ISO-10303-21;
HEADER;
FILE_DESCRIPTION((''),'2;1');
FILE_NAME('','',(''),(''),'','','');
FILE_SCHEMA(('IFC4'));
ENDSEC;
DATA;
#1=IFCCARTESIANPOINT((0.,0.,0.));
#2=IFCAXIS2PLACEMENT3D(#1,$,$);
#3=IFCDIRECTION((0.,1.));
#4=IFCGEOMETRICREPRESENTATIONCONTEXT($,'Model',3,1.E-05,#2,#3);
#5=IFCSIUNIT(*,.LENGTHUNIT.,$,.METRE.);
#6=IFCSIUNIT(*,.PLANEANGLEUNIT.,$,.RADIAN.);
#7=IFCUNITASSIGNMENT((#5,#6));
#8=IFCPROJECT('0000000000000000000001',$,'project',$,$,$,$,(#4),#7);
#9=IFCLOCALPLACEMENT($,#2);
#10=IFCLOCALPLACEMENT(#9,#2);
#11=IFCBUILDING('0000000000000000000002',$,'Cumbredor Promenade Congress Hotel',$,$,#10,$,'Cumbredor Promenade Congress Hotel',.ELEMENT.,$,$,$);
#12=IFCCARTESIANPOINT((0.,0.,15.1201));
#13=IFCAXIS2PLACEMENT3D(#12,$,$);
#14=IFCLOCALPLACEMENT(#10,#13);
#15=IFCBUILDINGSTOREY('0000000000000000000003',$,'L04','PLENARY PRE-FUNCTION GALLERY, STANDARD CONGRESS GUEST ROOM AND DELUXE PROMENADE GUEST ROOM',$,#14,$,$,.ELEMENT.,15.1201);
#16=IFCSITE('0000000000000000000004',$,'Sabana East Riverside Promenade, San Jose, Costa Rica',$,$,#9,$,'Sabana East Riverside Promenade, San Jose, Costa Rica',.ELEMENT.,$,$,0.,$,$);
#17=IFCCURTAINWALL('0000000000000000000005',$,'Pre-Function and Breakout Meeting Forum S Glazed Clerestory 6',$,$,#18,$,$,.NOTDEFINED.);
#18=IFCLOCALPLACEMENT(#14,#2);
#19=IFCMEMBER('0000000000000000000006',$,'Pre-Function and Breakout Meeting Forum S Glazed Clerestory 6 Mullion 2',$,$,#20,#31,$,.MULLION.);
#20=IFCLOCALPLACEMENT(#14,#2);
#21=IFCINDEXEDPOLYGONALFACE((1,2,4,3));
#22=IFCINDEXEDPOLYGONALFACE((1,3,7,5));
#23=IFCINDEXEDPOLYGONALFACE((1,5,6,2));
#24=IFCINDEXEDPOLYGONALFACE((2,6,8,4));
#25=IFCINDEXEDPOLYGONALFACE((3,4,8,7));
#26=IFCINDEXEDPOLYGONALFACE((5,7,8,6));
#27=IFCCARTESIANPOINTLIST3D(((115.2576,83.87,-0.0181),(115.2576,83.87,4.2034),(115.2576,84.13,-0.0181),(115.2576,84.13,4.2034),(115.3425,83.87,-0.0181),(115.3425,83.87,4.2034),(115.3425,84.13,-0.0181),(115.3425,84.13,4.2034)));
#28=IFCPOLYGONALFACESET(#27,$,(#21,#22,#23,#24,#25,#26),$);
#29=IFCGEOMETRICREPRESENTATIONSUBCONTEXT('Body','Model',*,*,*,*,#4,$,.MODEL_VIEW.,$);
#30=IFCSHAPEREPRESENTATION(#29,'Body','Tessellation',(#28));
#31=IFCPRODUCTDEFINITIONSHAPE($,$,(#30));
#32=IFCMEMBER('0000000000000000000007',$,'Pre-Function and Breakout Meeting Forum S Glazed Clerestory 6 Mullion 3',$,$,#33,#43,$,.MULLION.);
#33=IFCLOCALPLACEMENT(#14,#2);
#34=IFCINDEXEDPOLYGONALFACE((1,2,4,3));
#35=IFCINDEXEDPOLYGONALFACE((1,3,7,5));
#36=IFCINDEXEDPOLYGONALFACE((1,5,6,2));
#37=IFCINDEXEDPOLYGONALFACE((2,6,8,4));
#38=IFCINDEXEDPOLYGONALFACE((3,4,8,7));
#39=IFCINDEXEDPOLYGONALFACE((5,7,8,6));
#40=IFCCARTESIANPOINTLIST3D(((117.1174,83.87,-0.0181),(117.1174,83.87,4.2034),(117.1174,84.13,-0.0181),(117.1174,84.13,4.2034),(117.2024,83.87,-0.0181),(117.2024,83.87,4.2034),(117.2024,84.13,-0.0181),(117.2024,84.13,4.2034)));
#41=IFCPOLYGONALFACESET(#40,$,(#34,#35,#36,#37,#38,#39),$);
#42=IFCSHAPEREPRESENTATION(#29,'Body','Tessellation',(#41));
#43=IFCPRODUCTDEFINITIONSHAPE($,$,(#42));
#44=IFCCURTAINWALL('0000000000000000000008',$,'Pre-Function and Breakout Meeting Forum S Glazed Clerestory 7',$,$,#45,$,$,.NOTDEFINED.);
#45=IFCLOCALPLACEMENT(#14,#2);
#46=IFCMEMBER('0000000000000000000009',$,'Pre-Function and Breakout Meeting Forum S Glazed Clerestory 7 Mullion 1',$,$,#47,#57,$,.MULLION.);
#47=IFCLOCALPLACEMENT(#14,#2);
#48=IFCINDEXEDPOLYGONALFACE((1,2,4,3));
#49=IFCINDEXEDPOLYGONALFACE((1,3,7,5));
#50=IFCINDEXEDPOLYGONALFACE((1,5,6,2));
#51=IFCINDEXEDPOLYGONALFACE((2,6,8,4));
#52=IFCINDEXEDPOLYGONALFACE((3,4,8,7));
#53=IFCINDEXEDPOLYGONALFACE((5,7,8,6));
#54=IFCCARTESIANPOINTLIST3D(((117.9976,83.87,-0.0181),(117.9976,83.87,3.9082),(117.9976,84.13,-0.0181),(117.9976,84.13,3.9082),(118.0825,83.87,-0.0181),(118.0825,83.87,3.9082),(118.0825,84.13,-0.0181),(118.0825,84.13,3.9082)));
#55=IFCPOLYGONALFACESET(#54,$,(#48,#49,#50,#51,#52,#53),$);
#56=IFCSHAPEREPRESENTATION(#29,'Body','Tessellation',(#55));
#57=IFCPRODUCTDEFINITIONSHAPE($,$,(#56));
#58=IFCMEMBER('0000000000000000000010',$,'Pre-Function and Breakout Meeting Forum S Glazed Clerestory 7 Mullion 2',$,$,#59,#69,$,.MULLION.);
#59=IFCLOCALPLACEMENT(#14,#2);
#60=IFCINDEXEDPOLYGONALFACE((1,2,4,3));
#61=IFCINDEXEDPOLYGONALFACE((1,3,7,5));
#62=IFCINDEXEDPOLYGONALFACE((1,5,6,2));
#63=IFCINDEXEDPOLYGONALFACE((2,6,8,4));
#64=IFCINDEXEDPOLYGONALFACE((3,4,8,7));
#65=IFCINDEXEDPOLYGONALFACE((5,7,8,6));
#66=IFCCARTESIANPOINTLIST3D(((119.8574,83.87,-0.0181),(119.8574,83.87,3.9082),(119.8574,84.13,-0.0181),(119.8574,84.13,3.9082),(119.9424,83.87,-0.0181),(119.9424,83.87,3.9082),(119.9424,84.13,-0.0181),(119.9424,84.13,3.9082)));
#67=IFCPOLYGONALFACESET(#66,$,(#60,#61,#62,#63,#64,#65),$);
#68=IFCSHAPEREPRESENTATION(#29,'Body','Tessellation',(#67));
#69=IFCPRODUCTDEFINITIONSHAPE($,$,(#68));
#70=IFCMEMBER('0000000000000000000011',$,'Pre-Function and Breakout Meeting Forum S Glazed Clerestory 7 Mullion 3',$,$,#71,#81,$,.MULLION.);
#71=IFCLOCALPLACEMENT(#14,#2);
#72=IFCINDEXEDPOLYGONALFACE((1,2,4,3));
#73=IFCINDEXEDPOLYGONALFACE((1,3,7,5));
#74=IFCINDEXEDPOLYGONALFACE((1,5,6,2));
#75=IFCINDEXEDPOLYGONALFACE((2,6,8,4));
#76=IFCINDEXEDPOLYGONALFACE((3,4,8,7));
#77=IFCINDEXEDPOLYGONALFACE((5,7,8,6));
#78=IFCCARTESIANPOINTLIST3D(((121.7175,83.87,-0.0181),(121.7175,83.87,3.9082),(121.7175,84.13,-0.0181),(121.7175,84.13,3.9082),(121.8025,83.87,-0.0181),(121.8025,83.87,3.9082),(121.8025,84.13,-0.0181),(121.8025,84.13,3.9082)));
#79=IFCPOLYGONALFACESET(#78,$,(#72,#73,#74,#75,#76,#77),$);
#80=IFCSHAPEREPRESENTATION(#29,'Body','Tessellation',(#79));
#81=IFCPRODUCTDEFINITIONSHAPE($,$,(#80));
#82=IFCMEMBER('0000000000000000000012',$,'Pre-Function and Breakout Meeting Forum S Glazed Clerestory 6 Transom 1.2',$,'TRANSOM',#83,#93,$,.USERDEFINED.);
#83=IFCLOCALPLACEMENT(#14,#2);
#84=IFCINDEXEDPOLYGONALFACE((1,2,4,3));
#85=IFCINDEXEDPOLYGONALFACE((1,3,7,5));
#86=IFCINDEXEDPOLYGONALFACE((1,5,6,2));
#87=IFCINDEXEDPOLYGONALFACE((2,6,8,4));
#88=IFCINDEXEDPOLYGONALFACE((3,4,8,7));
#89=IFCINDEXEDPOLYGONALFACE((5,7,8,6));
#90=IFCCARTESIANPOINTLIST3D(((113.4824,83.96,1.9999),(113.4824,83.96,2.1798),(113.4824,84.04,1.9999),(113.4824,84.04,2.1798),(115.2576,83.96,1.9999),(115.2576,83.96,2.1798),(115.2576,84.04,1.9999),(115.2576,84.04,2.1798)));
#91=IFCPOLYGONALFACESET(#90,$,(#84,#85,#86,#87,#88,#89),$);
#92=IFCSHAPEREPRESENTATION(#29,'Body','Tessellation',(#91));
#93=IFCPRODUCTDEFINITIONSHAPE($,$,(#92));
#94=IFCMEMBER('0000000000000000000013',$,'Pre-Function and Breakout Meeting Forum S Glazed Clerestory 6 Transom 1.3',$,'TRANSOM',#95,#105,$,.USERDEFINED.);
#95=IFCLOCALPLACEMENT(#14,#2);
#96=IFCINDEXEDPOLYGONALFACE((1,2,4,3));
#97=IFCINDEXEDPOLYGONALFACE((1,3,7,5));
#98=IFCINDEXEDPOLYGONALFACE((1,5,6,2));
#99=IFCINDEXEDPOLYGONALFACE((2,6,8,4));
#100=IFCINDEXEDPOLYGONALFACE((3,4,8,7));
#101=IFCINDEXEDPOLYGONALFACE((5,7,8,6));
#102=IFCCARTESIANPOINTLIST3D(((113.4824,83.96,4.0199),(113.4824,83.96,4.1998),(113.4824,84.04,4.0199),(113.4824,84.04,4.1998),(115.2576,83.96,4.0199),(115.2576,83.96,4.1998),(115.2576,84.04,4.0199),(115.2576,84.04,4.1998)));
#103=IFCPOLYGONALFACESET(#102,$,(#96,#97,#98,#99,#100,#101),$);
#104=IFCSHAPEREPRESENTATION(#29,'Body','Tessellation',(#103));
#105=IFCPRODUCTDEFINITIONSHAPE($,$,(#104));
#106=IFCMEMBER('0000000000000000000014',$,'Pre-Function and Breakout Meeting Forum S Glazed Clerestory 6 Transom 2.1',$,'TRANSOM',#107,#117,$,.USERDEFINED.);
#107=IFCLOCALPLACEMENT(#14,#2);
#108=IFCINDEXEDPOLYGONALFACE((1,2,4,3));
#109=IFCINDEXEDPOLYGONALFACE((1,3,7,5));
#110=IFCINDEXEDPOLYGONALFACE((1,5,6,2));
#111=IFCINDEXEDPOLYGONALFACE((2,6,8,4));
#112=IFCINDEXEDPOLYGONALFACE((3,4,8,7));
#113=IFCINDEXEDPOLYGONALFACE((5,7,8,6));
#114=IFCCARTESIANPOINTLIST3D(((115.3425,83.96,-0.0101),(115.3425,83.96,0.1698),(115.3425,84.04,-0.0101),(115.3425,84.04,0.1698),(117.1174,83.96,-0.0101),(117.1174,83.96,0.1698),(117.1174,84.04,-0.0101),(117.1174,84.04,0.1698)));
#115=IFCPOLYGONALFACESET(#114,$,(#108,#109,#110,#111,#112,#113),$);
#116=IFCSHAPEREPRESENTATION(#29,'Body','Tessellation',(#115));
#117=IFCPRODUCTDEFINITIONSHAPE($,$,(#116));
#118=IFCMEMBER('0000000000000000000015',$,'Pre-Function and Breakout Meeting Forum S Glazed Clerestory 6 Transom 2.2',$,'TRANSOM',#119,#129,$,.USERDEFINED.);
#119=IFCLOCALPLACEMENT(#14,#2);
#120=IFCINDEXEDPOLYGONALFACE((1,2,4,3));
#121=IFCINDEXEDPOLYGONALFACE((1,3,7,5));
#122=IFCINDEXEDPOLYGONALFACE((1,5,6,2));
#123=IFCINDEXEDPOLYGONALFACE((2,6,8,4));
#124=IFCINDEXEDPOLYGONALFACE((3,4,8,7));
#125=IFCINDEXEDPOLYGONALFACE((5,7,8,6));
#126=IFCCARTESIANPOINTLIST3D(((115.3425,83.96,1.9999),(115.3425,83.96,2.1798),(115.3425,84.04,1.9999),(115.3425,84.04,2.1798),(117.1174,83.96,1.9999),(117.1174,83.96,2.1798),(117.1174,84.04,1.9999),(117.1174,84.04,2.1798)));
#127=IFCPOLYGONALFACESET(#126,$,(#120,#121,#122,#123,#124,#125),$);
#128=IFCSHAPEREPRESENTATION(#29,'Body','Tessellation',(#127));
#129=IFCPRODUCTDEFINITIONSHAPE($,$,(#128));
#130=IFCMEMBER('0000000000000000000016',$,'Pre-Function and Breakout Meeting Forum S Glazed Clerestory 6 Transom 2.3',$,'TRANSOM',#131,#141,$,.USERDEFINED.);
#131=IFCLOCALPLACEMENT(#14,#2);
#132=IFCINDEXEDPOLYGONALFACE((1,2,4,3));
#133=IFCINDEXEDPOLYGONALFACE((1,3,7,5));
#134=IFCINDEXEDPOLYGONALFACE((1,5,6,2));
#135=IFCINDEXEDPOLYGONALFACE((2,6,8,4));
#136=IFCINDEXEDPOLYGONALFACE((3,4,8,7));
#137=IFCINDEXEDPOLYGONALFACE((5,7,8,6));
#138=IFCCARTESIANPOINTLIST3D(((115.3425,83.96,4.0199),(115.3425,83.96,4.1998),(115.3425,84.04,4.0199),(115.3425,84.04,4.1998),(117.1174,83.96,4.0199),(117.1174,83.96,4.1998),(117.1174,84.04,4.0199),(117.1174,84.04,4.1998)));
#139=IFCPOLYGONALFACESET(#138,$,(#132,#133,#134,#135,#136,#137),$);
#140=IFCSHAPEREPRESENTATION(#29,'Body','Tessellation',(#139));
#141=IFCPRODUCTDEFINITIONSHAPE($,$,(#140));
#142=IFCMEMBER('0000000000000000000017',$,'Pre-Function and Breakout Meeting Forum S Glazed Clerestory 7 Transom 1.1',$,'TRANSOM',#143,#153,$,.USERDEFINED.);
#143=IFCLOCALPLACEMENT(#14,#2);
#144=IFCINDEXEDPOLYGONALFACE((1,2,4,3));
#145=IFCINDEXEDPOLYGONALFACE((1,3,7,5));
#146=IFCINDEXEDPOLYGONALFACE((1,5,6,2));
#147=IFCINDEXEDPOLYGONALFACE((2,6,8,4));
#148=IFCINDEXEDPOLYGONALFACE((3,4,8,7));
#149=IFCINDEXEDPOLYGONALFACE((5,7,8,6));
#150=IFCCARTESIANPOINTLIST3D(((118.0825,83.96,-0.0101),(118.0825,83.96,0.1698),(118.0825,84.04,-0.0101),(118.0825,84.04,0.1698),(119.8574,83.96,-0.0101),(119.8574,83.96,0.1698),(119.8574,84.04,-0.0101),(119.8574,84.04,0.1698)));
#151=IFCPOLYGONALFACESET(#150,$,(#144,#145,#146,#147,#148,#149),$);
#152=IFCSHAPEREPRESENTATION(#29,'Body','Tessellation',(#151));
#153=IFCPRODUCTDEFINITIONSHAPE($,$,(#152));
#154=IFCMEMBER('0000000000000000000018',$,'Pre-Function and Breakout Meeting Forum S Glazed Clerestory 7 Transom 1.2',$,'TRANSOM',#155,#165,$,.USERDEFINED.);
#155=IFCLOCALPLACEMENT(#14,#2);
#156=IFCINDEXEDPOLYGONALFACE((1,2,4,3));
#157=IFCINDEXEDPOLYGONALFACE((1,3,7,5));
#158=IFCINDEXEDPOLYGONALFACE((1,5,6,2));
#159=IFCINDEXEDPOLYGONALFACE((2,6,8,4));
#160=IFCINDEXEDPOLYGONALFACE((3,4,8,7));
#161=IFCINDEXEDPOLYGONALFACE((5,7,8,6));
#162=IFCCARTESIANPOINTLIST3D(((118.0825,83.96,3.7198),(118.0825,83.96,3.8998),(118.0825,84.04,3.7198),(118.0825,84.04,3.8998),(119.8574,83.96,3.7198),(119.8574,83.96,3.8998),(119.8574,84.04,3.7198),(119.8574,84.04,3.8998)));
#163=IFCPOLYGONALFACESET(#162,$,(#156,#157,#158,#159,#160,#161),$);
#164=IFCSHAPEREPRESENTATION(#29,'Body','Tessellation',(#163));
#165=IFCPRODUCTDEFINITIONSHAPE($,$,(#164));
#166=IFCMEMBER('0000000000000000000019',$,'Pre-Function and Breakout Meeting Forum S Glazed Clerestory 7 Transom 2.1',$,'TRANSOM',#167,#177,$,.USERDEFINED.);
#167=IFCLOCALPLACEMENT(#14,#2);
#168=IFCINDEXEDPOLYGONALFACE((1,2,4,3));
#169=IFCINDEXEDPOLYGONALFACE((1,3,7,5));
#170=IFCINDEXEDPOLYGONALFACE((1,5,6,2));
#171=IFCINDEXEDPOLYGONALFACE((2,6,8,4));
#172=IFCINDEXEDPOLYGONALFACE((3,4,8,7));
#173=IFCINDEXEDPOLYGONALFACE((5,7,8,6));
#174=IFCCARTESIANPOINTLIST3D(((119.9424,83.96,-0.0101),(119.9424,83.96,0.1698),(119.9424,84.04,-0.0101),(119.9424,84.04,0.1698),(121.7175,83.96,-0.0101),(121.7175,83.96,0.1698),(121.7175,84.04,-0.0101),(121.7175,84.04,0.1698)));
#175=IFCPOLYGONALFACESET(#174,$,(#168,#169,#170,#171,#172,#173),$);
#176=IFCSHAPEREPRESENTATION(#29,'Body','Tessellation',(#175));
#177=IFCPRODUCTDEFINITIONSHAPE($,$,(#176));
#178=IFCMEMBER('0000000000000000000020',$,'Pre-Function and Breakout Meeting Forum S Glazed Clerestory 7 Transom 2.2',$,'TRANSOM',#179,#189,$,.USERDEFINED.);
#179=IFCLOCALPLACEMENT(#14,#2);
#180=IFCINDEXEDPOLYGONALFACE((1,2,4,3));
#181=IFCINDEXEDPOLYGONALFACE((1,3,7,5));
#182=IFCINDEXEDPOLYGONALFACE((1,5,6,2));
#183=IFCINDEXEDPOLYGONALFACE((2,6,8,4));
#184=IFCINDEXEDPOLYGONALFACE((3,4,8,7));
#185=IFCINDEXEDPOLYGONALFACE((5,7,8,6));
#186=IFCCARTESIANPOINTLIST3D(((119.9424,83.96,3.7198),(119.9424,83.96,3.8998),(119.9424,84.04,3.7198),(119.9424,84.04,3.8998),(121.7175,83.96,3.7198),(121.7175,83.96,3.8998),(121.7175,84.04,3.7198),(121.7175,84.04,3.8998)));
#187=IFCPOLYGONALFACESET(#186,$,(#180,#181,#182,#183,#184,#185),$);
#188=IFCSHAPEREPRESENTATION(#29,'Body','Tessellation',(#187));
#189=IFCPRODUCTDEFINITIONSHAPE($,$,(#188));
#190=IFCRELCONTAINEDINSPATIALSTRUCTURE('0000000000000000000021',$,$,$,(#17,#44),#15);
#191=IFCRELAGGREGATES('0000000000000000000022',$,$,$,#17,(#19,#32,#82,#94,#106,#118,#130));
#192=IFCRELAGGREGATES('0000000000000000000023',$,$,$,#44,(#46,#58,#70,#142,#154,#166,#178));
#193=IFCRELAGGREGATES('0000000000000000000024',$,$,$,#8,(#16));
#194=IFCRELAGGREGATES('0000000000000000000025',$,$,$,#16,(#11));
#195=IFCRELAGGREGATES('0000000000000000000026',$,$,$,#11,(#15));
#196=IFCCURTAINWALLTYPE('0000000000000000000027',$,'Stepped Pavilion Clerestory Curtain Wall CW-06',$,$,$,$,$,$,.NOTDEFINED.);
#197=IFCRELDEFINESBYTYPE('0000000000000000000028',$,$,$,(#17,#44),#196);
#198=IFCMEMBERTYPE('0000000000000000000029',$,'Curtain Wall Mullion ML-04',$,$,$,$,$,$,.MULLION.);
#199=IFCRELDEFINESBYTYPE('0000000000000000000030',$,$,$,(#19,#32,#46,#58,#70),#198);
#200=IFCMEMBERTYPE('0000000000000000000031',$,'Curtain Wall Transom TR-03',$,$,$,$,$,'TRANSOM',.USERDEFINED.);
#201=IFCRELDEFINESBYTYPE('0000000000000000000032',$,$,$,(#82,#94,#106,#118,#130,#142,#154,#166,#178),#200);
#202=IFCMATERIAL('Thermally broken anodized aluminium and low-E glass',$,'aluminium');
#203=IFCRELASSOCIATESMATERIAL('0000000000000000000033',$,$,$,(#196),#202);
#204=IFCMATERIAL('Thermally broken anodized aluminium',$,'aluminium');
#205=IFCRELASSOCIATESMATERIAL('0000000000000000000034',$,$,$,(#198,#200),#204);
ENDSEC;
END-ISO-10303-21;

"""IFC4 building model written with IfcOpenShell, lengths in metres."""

from ifc_helpers import new_model, si_unit, direction, frame, origin, origin_2d, place, context, subcontext, project, spatial, rectangle, extrude, material, material_profile, profile_set, type_object, element, aggregate, save


model = new_model("IFC4")

# Units and contexts
model_context = context("Model", 3, precision=1e-05, world=origin(), true_north=direction((0.0, 1.0)))
body_context = subcontext(model_context, "Body", "Model", "MODEL_VIEW")
ifc_project = project(units=[si_unit("LENGTHUNIT", "METRE"), si_unit("PLANEANGLEUNIT", "RADIAN")], contexts=[model_context])

# Site, building, storey
site_placement = place(None, origin())
site = spatial("IfcSite", under=ifc_project, at=site_placement, Name="Sabana East Riverside Promenade, San Jose, Costa Rica", LongName="Sabana East Riverside Promenade, San Jose, Costa Rica", CompositionType="ELEMENT", RefElevation=0.0)
building_placement = place(site_placement, origin())
building = spatial("IfcBuilding", under=site, at=building_placement, Name="Cumbredor Promenade Congress Hotel", LongName="Cumbredor Promenade Congress Hotel", CompositionType="ELEMENT")
storey_placement = place(building_placement, frame((0.0, 0.0, 15.1201)))
storey = spatial("IfcBuildingStorey", under=building, at=storey_placement, Name="L04", Description="PLENARY PRE-FUNCTION GALLERY, STANDARD CONGRESS GUEST ROOM AND DELUXE PROMENADE GUEST ROOM", CompositionType="ELEMENT", Elevation=15.1201)

# Curtain walls, members
ifc_material_1 = material(Name="Thermally broken anodized aluminium and low-E glass", Category="aluminium")
curtain_wall_type = type_object("IfcCurtainWallType", Name="Stepped Pavilion Clerestory Curtain Wall CW-06", PredefinedType="NOTDEFINED", material=ifc_material_1)
curtain_wall_1_placement = place(storey_placement, origin())
curtain_wall_1 = element("IfcCurtainWall", 1, at=curtain_wall_1_placement, inside=storey, type_object=curtain_wall_type, Name="Pre-Function and Breakout Meeting Forum S Glazed Clerestory 6", PredefinedType="NOTDEFINED")
ifc_material_2 = material(Name="Thermally broken anodized aluminium", Category="aluminium")
ifc_material_profile_1 = material_profile(ifc_material_2, rectangle(XDim=0.085, YDim=0.26, at=origin_2d()), Name="ALU MULLION CLERESTORY 85x260")
ifc_profile_set_1 = profile_set([ifc_material_profile_1], Name="Thermally broken anodized aluminium")
member_type_1 = type_object("IfcMemberType", Name="Curtain Wall Mullion ML-04", PredefinedType="MULLION", material=ifc_profile_set_1)
member_1_placement = place(storey_placement, frame((115.3, 84.0, -0.0181), z_axis=(0.0, 0.0, 1.0), x_axis=(1.0, 0.0, 0.0)))
member_1 = element("IfcMember", 2, at=member_1_placement, type_object=member_type_1, Name="Pre-Function and Breakout Meeting Forum S Glazed Clerestory 6 Mullion 2", PredefinedType="MULLION", context=body_context, shape_type="SweptSolid", body=[
    extrude(rectangle(XDim=0.085, YDim=0.26, at=origin_2d()), origin(), (0.0, 0.0, 1.0), 4.2214),
])
member_2_placement = place(storey_placement, frame((117.1599, 84.0, -0.0181), z_axis=(0.0, 0.0, 1.0), x_axis=(1.0, 0.0, 0.0)))
member_2 = element("IfcMember", 3, at=member_2_placement, type_object=member_type_1, Name="Pre-Function and Breakout Meeting Forum S Glazed Clerestory 6 Mullion 3", PredefinedType="MULLION", context=body_context, shape_type="SweptSolid", body=[
    extrude(rectangle(XDim=0.085, YDim=0.26, at=origin_2d()), origin(), (0.0, 0.0, 1.0), 4.2214),
])
curtain_wall_2_placement = place(storey_placement, origin())
curtain_wall_2 = element("IfcCurtainWall", 4, at=curtain_wall_2_placement, inside=storey, type_object=curtain_wall_type, Name="Pre-Function and Breakout Meeting Forum S Glazed Clerestory 7", PredefinedType="NOTDEFINED")
member_3_placement = place(storey_placement, frame((118.04, 84.0, -0.0181), z_axis=(0.0, 0.0, 1.0), x_axis=(1.0, 0.0, 0.0)))
member_3 = element("IfcMember", 5, at=member_3_placement, type_object=member_type_1, Name="Pre-Function and Breakout Meeting Forum S Glazed Clerestory 7 Mullion 1", PredefinedType="MULLION", context=body_context, shape_type="SweptSolid", body=[
    extrude(rectangle(XDim=0.085, YDim=0.26, at=origin_2d()), origin(), (0.0, 0.0, 1.0), 3.9263),
])
member_4_placement = place(storey_placement, frame((119.8999, 84.0, -0.0181), z_axis=(0.0, 0.0, 1.0), x_axis=(1.0, 0.0, 0.0)))
member_4 = element("IfcMember", 6, at=member_4_placement, type_object=member_type_1, Name="Pre-Function and Breakout Meeting Forum S Glazed Clerestory 7 Mullion 2", PredefinedType="MULLION", context=body_context, shape_type="SweptSolid", body=[
    extrude(rectangle(XDim=0.085, YDim=0.26, at=origin_2d()), origin(), (0.0, 0.0, 1.0), 3.9263),
])
member_5_placement = place(storey_placement, frame((121.76, 84.0, -0.0181), z_axis=(0.0, 0.0, 1.0), x_axis=(1.0, 0.0, 0.0)))
member_5 = element("IfcMember", 7, at=member_5_placement, type_object=member_type_1, Name="Pre-Function and Breakout Meeting Forum S Glazed Clerestory 7 Mullion 3", PredefinedType="MULLION", context=body_context, shape_type="SweptSolid", body=[
    extrude(rectangle(XDim=0.085, YDim=0.26, at=origin_2d()), origin(), (0.0, 0.0, 1.0), 3.9263),
])

# Members
ifc_material_profile_2 = material_profile(ifc_material_2, rectangle(XDim=0.0801, YDim=0.1799, at=origin_2d()), Name="ALU TRANSOM 80x180")
ifc_profile_set_2 = profile_set([ifc_material_profile_2], Name="Thermally broken anodized aluminium")
member_type_2 = type_object("IfcMemberType", Name="Curtain Wall Transom TR-03", ElementType="TRANSOM", PredefinedType="USERDEFINED", material=ifc_profile_set_2)
member_6_placement = place(storey_placement, frame((113.4824, 84.0, 2.0898), z_axis=(1.0, 0.0, 0.0), x_axis=(0.0, 1.0, 0.0)))
member_6 = element("IfcMember", 8, at=member_6_placement, type_object=member_type_2, Name="Pre-Function and Breakout Meeting Forum S Glazed Clerestory 6 Transom 1.2", ObjectType="TRANSOM", PredefinedType="USERDEFINED", context=body_context, shape_type="SweptSolid", body=[
    extrude(rectangle(XDim=0.0801, YDim=0.1799, at=origin_2d()), origin(), (0.0, 0.0, 1.0), 1.7751),
])
member_7_placement = place(storey_placement, frame((113.4824, 84.0, 4.1099), z_axis=(1.0, 0.0, 0.0), x_axis=(0.0, 1.0, 0.0)))
member_7 = element("IfcMember", 9, at=member_7_placement, type_object=member_type_2, Name="Pre-Function and Breakout Meeting Forum S Glazed Clerestory 6 Transom 1.3", ObjectType="TRANSOM", PredefinedType="USERDEFINED", context=body_context, shape_type="SweptSolid", body=[
    extrude(rectangle(XDim=0.0801, YDim=0.1799, at=origin_2d()), origin(), (0.0, 0.0, 1.0), 1.7751),
])
member_8_placement = place(storey_placement, frame((115.3425, 84.0, 0.0798), z_axis=(1.0, 0.0, 0.0), x_axis=(0.0, 1.0, 0.0)))
member_8 = element("IfcMember", 10, at=member_8_placement, type_object=member_type_2, Name="Pre-Function and Breakout Meeting Forum S Glazed Clerestory 6 Transom 2.1", ObjectType="TRANSOM", PredefinedType="USERDEFINED", context=body_context, shape_type="SweptSolid", body=[
    extrude(rectangle(XDim=0.0801, YDim=0.1799, at=origin_2d()), origin(), (0.0, 0.0, 1.0), 1.7749),
])
member_9_placement = place(storey_placement, frame((115.3425, 84.0, 2.0898), z_axis=(1.0, 0.0, 0.0), x_axis=(0.0, 1.0, 0.0)))
member_9 = element("IfcMember", 11, at=member_9_placement, type_object=member_type_2, Name="Pre-Function and Breakout Meeting Forum S Glazed Clerestory 6 Transom 2.2", ObjectType="TRANSOM", PredefinedType="USERDEFINED", context=body_context, shape_type="SweptSolid", body=[
    extrude(rectangle(XDim=0.0801, YDim=0.1799, at=origin_2d()), origin(), (0.0, 0.0, 1.0), 1.7749),
])
member_10_placement = place(storey_placement, frame((115.3425, 84.0, 4.1099), z_axis=(1.0, 0.0, 0.0), x_axis=(0.0, 1.0, 0.0)))
member_10 = element("IfcMember", 12, at=member_10_placement, type_object=member_type_2, Name="Pre-Function and Breakout Meeting Forum S Glazed Clerestory 6 Transom 2.3", ObjectType="TRANSOM", PredefinedType="USERDEFINED", context=body_context, shape_type="SweptSolid", body=[
    extrude(rectangle(XDim=0.0801, YDim=0.1799, at=origin_2d()), origin(), (0.0, 0.0, 1.0), 1.7749),
])
member_11_placement = place(storey_placement, frame((118.0825, 84.0, 0.0798), z_axis=(1.0, 0.0, 0.0), x_axis=(0.0, 1.0, 0.0)))
member_11 = element("IfcMember", 13, at=member_11_placement, type_object=member_type_2, Name="Pre-Function and Breakout Meeting Forum S Glazed Clerestory 7 Transom 1.1", ObjectType="TRANSOM", PredefinedType="USERDEFINED", context=body_context, shape_type="SweptSolid", body=[
    extrude(rectangle(XDim=0.0801, YDim=0.1799, at=origin_2d()), origin(), (0.0, 0.0, 1.0), 1.7749),
])
member_12_placement = place(storey_placement, frame((118.0825, 84.0, 3.8098), z_axis=(1.0, 0.0, 0.0), x_axis=(0.0, 1.0, 0.0)))
member_12 = element("IfcMember", 14, at=member_12_placement, type_object=member_type_2, Name="Pre-Function and Breakout Meeting Forum S Glazed Clerestory 7 Transom 1.2", ObjectType="TRANSOM", PredefinedType="USERDEFINED", context=body_context, shape_type="SweptSolid", body=[
    extrude(rectangle(XDim=0.0801, YDim=0.1799, at=origin_2d()), origin(), (0.0, 0.0, 1.0), 1.7749),
])
member_13_placement = place(storey_placement, frame((119.9424, 84.0, 0.0798), z_axis=(1.0, 0.0, 0.0), x_axis=(0.0, 1.0, 0.0)))
member_13 = element("IfcMember", 15, at=member_13_placement, type_object=member_type_2, Name="Pre-Function and Breakout Meeting Forum S Glazed Clerestory 7 Transom 2.1", ObjectType="TRANSOM", PredefinedType="USERDEFINED", context=body_context, shape_type="SweptSolid", body=[
    extrude(rectangle(XDim=0.0801, YDim=0.1799, at=origin_2d()), origin(), (0.0, 0.0, 1.0), 1.7751),
])
member_14_placement = place(storey_placement, frame((119.9424, 84.0, 3.8098), z_axis=(1.0, 0.0, 0.0), x_axis=(0.0, 1.0, 0.0)))
member_14 = element("IfcMember", 16, at=member_14_placement, type_object=member_type_2, Name="Pre-Function and Breakout Meeting Forum S Glazed Clerestory 7 Transom 2.2", ObjectType="TRANSOM", PredefinedType="USERDEFINED", context=body_context, shape_type="SweptSolid", body=[
    extrude(rectangle(XDim=0.0801, YDim=0.1799, at=origin_2d()), origin(), (0.0, 0.0, 1.0), 1.7751),
])

aggregate(curtain_wall_1, [member_1, member_2, member_6, member_7, member_8, member_9, member_10])
aggregate(curtain_wall_2, [member_3, member_4, member_5, member_11, member_12, member_13, member_14])

save(model, "model.ifc")
